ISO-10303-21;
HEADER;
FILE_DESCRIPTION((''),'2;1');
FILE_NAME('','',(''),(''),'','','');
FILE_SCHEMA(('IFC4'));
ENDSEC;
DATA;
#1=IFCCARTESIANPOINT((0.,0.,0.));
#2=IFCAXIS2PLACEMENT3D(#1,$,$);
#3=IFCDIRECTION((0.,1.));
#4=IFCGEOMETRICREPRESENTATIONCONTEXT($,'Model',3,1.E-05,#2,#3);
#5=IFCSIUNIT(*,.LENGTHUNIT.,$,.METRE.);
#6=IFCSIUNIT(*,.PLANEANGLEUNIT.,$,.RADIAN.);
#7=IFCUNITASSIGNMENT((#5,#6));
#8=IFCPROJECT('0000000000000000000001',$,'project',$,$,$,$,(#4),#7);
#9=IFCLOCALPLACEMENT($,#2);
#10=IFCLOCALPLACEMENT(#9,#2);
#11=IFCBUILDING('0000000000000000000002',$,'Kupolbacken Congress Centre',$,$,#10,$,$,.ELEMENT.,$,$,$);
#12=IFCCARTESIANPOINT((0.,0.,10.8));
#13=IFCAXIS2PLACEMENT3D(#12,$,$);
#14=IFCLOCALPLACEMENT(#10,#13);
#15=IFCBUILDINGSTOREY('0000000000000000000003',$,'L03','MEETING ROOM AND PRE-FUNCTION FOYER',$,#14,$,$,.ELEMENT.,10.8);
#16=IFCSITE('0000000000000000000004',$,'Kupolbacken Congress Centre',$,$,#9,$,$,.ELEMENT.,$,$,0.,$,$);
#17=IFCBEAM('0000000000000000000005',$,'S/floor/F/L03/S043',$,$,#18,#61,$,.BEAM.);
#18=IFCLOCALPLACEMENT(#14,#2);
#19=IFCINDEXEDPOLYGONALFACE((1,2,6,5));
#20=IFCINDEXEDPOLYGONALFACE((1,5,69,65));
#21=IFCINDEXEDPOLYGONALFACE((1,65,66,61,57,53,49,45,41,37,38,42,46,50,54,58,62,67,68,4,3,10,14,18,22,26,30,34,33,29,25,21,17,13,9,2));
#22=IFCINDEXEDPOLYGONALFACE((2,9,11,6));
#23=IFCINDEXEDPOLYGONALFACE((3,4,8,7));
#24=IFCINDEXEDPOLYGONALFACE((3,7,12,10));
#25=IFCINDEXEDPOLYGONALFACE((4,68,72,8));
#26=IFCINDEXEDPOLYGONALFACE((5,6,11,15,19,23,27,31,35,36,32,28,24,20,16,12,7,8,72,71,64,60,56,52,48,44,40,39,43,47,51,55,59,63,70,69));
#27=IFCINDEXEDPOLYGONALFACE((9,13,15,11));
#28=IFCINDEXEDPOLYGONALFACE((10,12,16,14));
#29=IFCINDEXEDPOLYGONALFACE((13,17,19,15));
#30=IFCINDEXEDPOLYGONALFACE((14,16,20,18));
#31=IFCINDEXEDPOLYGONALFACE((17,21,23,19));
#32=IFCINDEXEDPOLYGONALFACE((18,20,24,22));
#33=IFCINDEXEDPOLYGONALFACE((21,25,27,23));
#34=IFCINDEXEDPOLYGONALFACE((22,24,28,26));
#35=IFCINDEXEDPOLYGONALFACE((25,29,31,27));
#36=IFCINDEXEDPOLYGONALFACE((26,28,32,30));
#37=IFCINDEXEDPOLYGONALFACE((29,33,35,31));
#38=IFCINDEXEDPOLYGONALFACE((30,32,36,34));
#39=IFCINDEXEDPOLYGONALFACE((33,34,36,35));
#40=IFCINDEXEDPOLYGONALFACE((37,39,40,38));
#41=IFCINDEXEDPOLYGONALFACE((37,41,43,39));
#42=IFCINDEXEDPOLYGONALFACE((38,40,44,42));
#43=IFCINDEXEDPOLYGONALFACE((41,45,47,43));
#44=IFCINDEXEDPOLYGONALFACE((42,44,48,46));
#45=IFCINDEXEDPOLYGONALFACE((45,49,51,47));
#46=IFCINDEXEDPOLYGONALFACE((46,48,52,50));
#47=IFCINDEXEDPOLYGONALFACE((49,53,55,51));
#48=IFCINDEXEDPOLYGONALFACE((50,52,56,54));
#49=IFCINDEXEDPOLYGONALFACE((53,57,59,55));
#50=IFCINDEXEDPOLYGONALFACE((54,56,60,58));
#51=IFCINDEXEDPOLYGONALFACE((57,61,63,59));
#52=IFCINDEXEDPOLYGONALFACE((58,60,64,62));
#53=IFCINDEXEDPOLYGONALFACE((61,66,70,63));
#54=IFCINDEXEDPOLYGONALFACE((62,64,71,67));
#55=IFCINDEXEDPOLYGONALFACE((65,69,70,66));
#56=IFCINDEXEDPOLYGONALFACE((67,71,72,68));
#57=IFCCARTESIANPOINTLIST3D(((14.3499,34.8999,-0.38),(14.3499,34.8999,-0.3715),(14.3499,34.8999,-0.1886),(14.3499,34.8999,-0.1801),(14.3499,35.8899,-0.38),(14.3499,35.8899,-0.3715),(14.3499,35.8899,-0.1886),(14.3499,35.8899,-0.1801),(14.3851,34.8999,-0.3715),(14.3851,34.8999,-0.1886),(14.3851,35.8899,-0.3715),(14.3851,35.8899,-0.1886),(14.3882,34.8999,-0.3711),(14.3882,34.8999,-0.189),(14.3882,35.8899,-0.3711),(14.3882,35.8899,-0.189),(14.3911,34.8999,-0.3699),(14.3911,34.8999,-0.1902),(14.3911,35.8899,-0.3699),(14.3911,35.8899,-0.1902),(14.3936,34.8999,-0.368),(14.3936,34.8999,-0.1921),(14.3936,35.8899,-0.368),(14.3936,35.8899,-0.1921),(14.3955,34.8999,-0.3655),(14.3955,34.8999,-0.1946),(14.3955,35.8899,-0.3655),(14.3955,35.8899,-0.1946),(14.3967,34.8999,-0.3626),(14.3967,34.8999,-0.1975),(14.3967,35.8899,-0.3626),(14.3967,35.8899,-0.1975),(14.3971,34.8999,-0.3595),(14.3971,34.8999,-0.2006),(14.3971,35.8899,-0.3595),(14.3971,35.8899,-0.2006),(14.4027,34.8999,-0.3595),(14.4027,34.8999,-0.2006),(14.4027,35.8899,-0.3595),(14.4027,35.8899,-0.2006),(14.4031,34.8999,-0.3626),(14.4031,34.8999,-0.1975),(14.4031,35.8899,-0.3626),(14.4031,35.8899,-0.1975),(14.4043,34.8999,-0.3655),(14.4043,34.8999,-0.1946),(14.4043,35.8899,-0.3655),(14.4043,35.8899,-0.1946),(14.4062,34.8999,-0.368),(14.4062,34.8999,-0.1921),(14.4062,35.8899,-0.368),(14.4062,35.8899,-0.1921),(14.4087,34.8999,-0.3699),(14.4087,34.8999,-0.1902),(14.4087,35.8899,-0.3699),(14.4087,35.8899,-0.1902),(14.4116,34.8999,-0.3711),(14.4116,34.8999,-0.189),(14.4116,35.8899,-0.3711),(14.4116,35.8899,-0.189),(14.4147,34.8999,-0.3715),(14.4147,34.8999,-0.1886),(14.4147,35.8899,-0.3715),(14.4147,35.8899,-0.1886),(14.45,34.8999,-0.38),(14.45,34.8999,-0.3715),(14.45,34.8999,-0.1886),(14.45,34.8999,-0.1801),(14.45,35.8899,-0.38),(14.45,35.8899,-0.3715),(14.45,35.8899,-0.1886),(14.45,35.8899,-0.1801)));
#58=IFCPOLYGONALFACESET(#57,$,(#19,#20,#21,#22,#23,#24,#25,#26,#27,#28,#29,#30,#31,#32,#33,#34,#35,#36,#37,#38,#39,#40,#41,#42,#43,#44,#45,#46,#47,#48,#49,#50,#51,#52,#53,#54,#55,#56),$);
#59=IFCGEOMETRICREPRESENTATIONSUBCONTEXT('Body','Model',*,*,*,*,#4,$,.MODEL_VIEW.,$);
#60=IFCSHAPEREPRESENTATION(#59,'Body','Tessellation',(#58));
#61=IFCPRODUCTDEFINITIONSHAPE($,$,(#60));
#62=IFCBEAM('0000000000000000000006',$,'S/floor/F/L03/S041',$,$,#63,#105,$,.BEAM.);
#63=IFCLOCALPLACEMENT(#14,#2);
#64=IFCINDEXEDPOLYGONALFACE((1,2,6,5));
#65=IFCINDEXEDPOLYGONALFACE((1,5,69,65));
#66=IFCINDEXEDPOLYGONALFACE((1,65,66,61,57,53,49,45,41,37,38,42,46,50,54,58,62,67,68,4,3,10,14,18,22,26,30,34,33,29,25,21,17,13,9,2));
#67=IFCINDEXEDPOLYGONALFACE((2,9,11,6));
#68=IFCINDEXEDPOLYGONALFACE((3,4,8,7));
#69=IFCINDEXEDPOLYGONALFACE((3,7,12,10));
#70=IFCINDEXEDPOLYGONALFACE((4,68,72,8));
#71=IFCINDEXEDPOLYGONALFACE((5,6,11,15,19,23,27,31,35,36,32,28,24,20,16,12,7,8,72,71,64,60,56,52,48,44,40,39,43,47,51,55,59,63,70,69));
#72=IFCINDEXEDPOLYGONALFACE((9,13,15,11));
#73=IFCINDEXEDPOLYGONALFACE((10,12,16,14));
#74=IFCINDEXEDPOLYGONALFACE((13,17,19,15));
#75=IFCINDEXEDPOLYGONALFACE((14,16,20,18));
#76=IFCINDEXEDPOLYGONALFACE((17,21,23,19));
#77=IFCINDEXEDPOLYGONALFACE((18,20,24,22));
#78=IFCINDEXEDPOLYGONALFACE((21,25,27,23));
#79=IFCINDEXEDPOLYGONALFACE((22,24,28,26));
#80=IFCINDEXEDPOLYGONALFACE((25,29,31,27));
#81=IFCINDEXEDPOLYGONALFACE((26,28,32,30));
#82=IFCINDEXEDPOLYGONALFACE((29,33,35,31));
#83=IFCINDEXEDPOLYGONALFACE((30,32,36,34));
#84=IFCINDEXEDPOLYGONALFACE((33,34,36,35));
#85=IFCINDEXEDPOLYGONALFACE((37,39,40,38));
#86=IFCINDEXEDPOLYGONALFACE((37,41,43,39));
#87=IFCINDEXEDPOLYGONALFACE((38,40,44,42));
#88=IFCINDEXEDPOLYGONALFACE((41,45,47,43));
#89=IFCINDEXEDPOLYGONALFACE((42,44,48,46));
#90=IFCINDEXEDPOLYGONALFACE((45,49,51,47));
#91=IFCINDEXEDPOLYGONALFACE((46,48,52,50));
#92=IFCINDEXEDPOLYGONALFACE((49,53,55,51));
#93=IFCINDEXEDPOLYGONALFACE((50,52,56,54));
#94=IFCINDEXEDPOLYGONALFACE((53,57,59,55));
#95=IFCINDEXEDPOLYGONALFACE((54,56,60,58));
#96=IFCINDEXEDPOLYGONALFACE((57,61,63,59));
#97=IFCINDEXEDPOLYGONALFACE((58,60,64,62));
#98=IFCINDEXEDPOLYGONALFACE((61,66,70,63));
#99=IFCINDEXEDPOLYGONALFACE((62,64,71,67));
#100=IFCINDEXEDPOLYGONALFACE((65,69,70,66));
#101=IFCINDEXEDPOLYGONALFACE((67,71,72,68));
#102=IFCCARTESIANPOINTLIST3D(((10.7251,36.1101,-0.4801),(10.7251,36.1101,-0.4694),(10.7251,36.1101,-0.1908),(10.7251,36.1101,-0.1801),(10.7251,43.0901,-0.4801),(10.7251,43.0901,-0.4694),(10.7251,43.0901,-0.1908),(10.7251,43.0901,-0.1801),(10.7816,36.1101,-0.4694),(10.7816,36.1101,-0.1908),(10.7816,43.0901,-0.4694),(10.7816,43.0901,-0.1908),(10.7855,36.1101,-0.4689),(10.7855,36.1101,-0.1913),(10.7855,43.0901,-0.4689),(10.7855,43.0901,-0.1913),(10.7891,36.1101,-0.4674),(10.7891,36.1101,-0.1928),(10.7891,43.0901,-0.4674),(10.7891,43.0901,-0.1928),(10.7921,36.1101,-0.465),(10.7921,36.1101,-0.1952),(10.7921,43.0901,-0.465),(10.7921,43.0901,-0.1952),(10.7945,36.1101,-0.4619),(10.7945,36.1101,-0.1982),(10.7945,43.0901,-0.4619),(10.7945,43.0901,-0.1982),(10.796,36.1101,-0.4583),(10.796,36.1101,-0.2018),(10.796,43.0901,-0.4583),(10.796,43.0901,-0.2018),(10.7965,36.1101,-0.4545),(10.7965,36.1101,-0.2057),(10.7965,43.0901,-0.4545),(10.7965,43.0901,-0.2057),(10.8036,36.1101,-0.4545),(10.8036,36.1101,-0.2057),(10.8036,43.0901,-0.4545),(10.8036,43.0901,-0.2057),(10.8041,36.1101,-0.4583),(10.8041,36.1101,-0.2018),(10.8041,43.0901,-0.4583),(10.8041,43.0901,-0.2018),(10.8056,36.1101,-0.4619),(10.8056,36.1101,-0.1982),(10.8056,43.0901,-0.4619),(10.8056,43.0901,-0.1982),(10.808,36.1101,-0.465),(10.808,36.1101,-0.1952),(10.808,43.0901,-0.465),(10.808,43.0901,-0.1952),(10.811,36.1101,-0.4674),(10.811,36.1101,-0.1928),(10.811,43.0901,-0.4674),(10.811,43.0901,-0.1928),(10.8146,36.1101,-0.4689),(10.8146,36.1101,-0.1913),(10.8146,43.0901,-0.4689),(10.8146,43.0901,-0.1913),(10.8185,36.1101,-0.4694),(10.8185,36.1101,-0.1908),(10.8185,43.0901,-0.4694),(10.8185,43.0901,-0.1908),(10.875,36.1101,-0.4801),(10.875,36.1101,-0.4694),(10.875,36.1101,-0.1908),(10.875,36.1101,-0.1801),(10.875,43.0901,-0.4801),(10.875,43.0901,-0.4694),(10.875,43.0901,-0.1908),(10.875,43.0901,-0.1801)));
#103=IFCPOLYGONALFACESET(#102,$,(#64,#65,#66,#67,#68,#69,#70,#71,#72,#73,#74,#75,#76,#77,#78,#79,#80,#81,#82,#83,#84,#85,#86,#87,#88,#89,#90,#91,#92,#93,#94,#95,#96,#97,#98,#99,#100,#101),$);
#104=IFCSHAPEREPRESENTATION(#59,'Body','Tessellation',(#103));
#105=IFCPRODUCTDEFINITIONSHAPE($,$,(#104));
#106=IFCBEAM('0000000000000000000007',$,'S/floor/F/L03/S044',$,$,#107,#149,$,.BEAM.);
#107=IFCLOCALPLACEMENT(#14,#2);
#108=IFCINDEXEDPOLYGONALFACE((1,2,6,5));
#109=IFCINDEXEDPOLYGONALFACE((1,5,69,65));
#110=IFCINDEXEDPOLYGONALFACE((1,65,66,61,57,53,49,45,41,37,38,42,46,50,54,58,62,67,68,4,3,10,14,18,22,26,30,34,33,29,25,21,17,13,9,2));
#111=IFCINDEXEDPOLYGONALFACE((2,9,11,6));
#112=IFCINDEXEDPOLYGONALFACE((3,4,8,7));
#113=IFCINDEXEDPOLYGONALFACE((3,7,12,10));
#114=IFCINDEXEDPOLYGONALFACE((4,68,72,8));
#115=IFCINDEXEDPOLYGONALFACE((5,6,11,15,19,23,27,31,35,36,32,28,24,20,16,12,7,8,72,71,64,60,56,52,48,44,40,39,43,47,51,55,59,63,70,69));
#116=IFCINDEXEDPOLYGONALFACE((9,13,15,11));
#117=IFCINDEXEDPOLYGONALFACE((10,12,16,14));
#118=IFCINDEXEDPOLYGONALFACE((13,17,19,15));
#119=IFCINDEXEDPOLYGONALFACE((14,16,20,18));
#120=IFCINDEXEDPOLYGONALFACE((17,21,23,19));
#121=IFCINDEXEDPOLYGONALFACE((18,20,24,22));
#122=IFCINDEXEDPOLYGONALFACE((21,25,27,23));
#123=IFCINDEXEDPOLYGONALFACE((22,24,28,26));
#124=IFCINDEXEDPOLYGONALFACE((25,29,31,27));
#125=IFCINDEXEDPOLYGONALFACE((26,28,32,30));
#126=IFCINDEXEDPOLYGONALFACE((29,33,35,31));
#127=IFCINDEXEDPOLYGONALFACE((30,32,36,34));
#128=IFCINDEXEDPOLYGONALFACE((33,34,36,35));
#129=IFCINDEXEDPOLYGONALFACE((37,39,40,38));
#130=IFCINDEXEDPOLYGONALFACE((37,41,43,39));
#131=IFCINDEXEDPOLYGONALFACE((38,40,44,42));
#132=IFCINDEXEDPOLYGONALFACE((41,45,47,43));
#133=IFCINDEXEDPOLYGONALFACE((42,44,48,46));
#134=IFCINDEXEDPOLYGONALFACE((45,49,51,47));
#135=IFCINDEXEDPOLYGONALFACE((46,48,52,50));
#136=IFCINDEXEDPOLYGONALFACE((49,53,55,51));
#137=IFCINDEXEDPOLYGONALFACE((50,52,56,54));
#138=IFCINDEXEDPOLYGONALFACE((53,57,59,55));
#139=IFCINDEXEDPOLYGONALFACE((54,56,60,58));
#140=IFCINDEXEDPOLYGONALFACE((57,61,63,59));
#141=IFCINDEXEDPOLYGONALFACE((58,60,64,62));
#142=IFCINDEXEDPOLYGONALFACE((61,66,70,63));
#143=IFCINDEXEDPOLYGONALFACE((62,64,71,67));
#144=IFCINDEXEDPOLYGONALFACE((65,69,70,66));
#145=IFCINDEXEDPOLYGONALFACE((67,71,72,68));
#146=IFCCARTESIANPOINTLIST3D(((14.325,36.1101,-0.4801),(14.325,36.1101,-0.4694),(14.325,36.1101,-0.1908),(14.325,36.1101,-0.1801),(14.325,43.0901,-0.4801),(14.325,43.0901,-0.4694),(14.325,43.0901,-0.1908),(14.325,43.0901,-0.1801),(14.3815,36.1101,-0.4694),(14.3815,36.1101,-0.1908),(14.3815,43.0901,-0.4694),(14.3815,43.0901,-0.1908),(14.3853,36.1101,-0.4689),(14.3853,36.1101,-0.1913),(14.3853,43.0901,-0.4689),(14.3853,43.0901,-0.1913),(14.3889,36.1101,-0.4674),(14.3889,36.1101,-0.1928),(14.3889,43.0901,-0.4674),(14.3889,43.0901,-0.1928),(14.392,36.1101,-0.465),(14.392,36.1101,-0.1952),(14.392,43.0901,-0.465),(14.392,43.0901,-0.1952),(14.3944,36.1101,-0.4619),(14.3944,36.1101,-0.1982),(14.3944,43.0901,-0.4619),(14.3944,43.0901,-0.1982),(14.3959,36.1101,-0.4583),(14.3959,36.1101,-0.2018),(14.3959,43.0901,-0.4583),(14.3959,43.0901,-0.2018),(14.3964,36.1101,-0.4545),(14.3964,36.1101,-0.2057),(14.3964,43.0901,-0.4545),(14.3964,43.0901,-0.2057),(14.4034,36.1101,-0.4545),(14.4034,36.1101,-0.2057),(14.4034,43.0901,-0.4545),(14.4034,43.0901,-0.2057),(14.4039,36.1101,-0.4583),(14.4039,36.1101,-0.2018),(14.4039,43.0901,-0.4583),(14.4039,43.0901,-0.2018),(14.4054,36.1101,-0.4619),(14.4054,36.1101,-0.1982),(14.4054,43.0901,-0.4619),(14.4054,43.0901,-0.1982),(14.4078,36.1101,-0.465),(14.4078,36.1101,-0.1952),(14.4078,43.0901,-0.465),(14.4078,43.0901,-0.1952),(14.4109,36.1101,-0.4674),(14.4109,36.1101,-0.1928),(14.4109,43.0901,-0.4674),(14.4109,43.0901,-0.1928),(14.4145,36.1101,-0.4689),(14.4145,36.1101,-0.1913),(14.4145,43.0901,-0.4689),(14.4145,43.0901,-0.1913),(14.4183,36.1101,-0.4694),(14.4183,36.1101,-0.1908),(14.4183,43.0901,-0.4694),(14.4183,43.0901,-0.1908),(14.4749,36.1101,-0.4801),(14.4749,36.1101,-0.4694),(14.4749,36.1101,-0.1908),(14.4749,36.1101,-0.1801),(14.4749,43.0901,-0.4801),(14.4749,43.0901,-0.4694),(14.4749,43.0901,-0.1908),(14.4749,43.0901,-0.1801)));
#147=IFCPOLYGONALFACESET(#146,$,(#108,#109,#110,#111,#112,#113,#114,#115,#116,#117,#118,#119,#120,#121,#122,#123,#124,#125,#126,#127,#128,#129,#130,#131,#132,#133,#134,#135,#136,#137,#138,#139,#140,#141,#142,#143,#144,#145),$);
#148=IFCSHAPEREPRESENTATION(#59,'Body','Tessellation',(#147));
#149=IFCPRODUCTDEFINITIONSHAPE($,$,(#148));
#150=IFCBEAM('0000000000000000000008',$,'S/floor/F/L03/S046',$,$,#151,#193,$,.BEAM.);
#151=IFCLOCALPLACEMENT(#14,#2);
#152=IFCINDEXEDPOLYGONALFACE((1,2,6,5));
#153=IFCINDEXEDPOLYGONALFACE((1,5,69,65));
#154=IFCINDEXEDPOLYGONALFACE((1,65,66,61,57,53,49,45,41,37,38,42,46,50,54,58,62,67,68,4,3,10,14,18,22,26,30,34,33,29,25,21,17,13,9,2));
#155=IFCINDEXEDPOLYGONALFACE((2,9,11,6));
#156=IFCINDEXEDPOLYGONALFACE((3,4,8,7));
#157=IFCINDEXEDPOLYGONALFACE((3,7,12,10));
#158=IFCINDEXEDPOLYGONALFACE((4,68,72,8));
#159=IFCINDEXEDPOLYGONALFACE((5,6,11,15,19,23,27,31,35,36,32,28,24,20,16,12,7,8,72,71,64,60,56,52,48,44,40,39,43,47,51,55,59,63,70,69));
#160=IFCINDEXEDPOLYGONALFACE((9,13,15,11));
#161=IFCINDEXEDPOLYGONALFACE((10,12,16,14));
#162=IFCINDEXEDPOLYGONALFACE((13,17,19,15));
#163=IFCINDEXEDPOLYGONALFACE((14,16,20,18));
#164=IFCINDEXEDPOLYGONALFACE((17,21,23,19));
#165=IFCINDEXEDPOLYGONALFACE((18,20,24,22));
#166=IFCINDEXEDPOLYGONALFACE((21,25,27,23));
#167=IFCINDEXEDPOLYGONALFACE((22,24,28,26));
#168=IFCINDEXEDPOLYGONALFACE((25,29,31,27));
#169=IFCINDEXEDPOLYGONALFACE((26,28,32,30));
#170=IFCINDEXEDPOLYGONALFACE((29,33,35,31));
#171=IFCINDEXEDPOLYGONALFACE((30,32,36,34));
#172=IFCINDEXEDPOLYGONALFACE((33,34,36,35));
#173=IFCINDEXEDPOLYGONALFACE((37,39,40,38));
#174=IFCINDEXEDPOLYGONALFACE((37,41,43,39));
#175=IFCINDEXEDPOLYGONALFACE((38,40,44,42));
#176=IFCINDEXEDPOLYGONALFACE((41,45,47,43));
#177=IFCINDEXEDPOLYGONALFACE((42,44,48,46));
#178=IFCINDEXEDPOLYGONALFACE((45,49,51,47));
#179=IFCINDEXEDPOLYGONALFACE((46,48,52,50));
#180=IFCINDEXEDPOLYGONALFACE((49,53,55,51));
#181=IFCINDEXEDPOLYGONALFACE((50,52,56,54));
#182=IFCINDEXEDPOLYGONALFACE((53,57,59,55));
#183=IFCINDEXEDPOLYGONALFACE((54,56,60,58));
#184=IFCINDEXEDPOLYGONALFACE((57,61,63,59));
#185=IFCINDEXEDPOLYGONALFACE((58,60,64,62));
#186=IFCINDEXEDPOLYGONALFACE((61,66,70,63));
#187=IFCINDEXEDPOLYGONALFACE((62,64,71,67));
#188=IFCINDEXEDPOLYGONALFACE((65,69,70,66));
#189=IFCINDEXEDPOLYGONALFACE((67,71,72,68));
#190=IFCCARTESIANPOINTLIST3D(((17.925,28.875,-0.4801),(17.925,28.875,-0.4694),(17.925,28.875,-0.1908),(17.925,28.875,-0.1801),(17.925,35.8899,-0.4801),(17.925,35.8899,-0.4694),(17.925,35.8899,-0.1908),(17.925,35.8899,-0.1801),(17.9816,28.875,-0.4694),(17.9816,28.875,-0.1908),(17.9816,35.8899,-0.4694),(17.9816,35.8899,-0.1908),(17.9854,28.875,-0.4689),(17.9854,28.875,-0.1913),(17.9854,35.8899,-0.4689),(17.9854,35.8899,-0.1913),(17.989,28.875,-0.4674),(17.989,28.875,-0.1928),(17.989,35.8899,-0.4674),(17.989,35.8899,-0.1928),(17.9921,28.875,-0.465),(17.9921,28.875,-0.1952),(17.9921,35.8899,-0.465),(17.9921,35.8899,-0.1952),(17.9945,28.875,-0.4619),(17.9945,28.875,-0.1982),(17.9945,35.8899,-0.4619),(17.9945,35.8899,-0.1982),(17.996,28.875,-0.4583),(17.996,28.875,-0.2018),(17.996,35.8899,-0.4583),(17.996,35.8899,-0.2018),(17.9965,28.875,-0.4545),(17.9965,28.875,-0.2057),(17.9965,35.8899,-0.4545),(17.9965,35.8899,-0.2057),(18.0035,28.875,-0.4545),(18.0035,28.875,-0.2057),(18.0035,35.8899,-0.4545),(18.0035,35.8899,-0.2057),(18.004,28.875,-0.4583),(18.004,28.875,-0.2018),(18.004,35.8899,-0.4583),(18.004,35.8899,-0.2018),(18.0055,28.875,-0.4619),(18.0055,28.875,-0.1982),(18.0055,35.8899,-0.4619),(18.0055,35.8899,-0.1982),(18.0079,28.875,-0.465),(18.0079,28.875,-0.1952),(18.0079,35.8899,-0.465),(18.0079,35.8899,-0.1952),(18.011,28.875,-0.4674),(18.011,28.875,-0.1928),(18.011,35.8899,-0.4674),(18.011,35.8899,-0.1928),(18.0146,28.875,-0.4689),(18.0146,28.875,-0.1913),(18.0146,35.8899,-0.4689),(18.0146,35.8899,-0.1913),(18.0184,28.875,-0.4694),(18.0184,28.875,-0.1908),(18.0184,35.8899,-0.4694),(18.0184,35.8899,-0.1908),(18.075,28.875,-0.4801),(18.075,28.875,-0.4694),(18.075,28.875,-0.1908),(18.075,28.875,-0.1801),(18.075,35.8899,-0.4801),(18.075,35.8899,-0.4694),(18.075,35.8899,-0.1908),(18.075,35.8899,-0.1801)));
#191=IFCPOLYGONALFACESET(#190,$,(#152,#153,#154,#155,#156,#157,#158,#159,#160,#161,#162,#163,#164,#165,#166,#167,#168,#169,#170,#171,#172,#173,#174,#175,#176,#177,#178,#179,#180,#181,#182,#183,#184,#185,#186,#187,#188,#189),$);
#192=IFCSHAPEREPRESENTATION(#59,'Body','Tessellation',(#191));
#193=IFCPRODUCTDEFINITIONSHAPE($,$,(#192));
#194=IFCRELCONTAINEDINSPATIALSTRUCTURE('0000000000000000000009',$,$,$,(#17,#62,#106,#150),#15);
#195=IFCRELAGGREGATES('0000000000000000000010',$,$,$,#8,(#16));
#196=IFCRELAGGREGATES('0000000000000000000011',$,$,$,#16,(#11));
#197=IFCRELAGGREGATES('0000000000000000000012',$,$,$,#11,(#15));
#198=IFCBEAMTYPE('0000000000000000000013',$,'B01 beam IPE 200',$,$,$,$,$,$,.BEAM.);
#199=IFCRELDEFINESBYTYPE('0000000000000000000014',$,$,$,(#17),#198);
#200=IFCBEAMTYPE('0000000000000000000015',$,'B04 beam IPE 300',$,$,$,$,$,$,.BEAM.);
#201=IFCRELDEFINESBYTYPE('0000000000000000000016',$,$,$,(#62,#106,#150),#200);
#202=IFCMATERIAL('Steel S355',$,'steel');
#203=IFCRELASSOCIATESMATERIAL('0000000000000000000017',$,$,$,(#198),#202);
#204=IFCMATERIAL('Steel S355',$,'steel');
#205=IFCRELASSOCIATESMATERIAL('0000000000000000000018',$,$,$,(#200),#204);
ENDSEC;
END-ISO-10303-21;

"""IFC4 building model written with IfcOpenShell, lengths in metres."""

from ifc_helpers import new_model, si_unit, direction, frame, origin, origin_2d, place, context, subcontext, project, spatial, i_section, extrude, material, material_profile, profile_set, type_object, element, save


model = new_model("IFC4")

# Units and contexts
model_context = context("Model", 3, precision=1e-05, world=origin(), true_north=direction((0.0, 1.0)))
body_context = subcontext(model_context, "Body", "Model", "MODEL_VIEW")
ifc_project = project(units=[si_unit("LENGTHUNIT", "METRE"), si_unit("PLANEANGLEUNIT", "RADIAN")], contexts=[model_context])

# Site, building, storey
site_placement = place(None, origin())
site = spatial("IfcSite", under=ifc_project, at=site_placement, Name="Kupolbacken Congress Centre", CompositionType="ELEMENT", RefElevation=0.0)
building_placement = place(site_placement, origin())
building = spatial("IfcBuilding", under=site, at=building_placement, Name="Kupolbacken Congress Centre", CompositionType="ELEMENT")
storey_placement = place(building_placement, frame((0.0, 0.0, 10.8)))
storey = spatial("IfcBuildingStorey", under=building, at=storey_placement, Name="L03", Description="MEETING ROOM AND PRE-FUNCTION FOYER", CompositionType="ELEMENT", Elevation=10.8)

# Beams
ifc_material_1 = material(Name="Steel S355", Category="steel")
ifc_material_profile_1 = material_profile(ifc_material_1, i_section(OverallWidth=0.1001, OverallDepth=0.2, WebThickness=0.0056, FlangeThickness=0.0085, FilletRadius=0.012, at=origin_2d()), Name="IPE 200")
ifc_profile_set_1 = profile_set([ifc_material_profile_1], Name="Steel S355")
beam_type_1 = type_object("IfcBeamType", Name="B01 beam IPE 200", PredefinedType="BEAM", material=ifc_profile_set_1)
beam_1_placement = place(storey_placement, frame((14.3999, 34.8999, -0.28), z_axis=(0.0, 1.0, 0.0), x_axis=(-1.0, 0.0, 0.0)))
element("IfcBeam", 1, at=beam_1_placement, inside=storey, type_object=beam_type_1, Name="S/floor/F/L03/S043", PredefinedType="BEAM", context=body_context, shape_type="SweptSolid", body=[
    extrude(i_section(OverallWidth=0.1001, OverallDepth=0.2, WebThickness=0.0056, FlangeThickness=0.0085, FilletRadius=0.012, at=origin_2d()), origin(), (0.0, 0.0, 1.0), 0.99),
])
ifc_material_2 = material(Name="Steel S355", Category="steel")
ifc_material_profile_2 = material_profile(ifc_material_2, i_section(OverallWidth=0.1499, OverallDepth=0.3, WebThickness=0.0071, FlangeThickness=0.0107, FilletRadius=0.0149, at=origin_2d()), Name="IPE 300")
ifc_profile_set_2 = profile_set([ifc_material_profile_2], Name="Steel S355")
beam_type_2 = type_object("IfcBeamType", Name="B04 beam IPE 300", PredefinedType="BEAM", material=ifc_profile_set_2)
for number, where, z_axis, x_axis, name in (
    (2, (10.8, 36.1101, -0.3301), (0.0, 1.0, 0.0), (-1.0, 0.0, 0.0), "S/floor/F/L03/S041"),
    (3, (14.3999, 36.1101, -0.3301), (0.0, 1.0, 0.0), (-1.0, 0.0, 0.0), "S/floor/F/L03/S044"),
):
    element("IfcBeam", number, at=place(storey_placement, frame(where, z_axis=z_axis, x_axis=x_axis)), inside=storey, type_object=beam_type_2, Name=name, PredefinedType="BEAM", context=body_context, shape_type="SweptSolid", body=[
        extrude(i_section(OverallWidth=0.1499, OverallDepth=0.3, WebThickness=0.0071, FlangeThickness=0.0107, FilletRadius=0.0149, at=origin_2d()), origin(), (0.0, 0.0, 1.0), 6.98),
    ])
beam_2_placement = place(storey_placement, frame((18.0, 28.875, -0.3301), z_axis=(0.0, 1.0, 0.0), x_axis=(-1.0, 0.0, 0.0)))
element("IfcBeam", 4, at=beam_2_placement, inside=storey, type_object=beam_type_2, Name="S/floor/F/L03/S046", PredefinedType="BEAM", context=body_context, shape_type="SweptSolid", body=[
    extrude(i_section(OverallWidth=0.1499, OverallDepth=0.3, WebThickness=0.0071, FlangeThickness=0.0107, FilletRadius=0.0149, at=origin_2d()), origin(), (0.0, 0.0, 1.0), 7.0149),
])

save(model, "model.ifc")
